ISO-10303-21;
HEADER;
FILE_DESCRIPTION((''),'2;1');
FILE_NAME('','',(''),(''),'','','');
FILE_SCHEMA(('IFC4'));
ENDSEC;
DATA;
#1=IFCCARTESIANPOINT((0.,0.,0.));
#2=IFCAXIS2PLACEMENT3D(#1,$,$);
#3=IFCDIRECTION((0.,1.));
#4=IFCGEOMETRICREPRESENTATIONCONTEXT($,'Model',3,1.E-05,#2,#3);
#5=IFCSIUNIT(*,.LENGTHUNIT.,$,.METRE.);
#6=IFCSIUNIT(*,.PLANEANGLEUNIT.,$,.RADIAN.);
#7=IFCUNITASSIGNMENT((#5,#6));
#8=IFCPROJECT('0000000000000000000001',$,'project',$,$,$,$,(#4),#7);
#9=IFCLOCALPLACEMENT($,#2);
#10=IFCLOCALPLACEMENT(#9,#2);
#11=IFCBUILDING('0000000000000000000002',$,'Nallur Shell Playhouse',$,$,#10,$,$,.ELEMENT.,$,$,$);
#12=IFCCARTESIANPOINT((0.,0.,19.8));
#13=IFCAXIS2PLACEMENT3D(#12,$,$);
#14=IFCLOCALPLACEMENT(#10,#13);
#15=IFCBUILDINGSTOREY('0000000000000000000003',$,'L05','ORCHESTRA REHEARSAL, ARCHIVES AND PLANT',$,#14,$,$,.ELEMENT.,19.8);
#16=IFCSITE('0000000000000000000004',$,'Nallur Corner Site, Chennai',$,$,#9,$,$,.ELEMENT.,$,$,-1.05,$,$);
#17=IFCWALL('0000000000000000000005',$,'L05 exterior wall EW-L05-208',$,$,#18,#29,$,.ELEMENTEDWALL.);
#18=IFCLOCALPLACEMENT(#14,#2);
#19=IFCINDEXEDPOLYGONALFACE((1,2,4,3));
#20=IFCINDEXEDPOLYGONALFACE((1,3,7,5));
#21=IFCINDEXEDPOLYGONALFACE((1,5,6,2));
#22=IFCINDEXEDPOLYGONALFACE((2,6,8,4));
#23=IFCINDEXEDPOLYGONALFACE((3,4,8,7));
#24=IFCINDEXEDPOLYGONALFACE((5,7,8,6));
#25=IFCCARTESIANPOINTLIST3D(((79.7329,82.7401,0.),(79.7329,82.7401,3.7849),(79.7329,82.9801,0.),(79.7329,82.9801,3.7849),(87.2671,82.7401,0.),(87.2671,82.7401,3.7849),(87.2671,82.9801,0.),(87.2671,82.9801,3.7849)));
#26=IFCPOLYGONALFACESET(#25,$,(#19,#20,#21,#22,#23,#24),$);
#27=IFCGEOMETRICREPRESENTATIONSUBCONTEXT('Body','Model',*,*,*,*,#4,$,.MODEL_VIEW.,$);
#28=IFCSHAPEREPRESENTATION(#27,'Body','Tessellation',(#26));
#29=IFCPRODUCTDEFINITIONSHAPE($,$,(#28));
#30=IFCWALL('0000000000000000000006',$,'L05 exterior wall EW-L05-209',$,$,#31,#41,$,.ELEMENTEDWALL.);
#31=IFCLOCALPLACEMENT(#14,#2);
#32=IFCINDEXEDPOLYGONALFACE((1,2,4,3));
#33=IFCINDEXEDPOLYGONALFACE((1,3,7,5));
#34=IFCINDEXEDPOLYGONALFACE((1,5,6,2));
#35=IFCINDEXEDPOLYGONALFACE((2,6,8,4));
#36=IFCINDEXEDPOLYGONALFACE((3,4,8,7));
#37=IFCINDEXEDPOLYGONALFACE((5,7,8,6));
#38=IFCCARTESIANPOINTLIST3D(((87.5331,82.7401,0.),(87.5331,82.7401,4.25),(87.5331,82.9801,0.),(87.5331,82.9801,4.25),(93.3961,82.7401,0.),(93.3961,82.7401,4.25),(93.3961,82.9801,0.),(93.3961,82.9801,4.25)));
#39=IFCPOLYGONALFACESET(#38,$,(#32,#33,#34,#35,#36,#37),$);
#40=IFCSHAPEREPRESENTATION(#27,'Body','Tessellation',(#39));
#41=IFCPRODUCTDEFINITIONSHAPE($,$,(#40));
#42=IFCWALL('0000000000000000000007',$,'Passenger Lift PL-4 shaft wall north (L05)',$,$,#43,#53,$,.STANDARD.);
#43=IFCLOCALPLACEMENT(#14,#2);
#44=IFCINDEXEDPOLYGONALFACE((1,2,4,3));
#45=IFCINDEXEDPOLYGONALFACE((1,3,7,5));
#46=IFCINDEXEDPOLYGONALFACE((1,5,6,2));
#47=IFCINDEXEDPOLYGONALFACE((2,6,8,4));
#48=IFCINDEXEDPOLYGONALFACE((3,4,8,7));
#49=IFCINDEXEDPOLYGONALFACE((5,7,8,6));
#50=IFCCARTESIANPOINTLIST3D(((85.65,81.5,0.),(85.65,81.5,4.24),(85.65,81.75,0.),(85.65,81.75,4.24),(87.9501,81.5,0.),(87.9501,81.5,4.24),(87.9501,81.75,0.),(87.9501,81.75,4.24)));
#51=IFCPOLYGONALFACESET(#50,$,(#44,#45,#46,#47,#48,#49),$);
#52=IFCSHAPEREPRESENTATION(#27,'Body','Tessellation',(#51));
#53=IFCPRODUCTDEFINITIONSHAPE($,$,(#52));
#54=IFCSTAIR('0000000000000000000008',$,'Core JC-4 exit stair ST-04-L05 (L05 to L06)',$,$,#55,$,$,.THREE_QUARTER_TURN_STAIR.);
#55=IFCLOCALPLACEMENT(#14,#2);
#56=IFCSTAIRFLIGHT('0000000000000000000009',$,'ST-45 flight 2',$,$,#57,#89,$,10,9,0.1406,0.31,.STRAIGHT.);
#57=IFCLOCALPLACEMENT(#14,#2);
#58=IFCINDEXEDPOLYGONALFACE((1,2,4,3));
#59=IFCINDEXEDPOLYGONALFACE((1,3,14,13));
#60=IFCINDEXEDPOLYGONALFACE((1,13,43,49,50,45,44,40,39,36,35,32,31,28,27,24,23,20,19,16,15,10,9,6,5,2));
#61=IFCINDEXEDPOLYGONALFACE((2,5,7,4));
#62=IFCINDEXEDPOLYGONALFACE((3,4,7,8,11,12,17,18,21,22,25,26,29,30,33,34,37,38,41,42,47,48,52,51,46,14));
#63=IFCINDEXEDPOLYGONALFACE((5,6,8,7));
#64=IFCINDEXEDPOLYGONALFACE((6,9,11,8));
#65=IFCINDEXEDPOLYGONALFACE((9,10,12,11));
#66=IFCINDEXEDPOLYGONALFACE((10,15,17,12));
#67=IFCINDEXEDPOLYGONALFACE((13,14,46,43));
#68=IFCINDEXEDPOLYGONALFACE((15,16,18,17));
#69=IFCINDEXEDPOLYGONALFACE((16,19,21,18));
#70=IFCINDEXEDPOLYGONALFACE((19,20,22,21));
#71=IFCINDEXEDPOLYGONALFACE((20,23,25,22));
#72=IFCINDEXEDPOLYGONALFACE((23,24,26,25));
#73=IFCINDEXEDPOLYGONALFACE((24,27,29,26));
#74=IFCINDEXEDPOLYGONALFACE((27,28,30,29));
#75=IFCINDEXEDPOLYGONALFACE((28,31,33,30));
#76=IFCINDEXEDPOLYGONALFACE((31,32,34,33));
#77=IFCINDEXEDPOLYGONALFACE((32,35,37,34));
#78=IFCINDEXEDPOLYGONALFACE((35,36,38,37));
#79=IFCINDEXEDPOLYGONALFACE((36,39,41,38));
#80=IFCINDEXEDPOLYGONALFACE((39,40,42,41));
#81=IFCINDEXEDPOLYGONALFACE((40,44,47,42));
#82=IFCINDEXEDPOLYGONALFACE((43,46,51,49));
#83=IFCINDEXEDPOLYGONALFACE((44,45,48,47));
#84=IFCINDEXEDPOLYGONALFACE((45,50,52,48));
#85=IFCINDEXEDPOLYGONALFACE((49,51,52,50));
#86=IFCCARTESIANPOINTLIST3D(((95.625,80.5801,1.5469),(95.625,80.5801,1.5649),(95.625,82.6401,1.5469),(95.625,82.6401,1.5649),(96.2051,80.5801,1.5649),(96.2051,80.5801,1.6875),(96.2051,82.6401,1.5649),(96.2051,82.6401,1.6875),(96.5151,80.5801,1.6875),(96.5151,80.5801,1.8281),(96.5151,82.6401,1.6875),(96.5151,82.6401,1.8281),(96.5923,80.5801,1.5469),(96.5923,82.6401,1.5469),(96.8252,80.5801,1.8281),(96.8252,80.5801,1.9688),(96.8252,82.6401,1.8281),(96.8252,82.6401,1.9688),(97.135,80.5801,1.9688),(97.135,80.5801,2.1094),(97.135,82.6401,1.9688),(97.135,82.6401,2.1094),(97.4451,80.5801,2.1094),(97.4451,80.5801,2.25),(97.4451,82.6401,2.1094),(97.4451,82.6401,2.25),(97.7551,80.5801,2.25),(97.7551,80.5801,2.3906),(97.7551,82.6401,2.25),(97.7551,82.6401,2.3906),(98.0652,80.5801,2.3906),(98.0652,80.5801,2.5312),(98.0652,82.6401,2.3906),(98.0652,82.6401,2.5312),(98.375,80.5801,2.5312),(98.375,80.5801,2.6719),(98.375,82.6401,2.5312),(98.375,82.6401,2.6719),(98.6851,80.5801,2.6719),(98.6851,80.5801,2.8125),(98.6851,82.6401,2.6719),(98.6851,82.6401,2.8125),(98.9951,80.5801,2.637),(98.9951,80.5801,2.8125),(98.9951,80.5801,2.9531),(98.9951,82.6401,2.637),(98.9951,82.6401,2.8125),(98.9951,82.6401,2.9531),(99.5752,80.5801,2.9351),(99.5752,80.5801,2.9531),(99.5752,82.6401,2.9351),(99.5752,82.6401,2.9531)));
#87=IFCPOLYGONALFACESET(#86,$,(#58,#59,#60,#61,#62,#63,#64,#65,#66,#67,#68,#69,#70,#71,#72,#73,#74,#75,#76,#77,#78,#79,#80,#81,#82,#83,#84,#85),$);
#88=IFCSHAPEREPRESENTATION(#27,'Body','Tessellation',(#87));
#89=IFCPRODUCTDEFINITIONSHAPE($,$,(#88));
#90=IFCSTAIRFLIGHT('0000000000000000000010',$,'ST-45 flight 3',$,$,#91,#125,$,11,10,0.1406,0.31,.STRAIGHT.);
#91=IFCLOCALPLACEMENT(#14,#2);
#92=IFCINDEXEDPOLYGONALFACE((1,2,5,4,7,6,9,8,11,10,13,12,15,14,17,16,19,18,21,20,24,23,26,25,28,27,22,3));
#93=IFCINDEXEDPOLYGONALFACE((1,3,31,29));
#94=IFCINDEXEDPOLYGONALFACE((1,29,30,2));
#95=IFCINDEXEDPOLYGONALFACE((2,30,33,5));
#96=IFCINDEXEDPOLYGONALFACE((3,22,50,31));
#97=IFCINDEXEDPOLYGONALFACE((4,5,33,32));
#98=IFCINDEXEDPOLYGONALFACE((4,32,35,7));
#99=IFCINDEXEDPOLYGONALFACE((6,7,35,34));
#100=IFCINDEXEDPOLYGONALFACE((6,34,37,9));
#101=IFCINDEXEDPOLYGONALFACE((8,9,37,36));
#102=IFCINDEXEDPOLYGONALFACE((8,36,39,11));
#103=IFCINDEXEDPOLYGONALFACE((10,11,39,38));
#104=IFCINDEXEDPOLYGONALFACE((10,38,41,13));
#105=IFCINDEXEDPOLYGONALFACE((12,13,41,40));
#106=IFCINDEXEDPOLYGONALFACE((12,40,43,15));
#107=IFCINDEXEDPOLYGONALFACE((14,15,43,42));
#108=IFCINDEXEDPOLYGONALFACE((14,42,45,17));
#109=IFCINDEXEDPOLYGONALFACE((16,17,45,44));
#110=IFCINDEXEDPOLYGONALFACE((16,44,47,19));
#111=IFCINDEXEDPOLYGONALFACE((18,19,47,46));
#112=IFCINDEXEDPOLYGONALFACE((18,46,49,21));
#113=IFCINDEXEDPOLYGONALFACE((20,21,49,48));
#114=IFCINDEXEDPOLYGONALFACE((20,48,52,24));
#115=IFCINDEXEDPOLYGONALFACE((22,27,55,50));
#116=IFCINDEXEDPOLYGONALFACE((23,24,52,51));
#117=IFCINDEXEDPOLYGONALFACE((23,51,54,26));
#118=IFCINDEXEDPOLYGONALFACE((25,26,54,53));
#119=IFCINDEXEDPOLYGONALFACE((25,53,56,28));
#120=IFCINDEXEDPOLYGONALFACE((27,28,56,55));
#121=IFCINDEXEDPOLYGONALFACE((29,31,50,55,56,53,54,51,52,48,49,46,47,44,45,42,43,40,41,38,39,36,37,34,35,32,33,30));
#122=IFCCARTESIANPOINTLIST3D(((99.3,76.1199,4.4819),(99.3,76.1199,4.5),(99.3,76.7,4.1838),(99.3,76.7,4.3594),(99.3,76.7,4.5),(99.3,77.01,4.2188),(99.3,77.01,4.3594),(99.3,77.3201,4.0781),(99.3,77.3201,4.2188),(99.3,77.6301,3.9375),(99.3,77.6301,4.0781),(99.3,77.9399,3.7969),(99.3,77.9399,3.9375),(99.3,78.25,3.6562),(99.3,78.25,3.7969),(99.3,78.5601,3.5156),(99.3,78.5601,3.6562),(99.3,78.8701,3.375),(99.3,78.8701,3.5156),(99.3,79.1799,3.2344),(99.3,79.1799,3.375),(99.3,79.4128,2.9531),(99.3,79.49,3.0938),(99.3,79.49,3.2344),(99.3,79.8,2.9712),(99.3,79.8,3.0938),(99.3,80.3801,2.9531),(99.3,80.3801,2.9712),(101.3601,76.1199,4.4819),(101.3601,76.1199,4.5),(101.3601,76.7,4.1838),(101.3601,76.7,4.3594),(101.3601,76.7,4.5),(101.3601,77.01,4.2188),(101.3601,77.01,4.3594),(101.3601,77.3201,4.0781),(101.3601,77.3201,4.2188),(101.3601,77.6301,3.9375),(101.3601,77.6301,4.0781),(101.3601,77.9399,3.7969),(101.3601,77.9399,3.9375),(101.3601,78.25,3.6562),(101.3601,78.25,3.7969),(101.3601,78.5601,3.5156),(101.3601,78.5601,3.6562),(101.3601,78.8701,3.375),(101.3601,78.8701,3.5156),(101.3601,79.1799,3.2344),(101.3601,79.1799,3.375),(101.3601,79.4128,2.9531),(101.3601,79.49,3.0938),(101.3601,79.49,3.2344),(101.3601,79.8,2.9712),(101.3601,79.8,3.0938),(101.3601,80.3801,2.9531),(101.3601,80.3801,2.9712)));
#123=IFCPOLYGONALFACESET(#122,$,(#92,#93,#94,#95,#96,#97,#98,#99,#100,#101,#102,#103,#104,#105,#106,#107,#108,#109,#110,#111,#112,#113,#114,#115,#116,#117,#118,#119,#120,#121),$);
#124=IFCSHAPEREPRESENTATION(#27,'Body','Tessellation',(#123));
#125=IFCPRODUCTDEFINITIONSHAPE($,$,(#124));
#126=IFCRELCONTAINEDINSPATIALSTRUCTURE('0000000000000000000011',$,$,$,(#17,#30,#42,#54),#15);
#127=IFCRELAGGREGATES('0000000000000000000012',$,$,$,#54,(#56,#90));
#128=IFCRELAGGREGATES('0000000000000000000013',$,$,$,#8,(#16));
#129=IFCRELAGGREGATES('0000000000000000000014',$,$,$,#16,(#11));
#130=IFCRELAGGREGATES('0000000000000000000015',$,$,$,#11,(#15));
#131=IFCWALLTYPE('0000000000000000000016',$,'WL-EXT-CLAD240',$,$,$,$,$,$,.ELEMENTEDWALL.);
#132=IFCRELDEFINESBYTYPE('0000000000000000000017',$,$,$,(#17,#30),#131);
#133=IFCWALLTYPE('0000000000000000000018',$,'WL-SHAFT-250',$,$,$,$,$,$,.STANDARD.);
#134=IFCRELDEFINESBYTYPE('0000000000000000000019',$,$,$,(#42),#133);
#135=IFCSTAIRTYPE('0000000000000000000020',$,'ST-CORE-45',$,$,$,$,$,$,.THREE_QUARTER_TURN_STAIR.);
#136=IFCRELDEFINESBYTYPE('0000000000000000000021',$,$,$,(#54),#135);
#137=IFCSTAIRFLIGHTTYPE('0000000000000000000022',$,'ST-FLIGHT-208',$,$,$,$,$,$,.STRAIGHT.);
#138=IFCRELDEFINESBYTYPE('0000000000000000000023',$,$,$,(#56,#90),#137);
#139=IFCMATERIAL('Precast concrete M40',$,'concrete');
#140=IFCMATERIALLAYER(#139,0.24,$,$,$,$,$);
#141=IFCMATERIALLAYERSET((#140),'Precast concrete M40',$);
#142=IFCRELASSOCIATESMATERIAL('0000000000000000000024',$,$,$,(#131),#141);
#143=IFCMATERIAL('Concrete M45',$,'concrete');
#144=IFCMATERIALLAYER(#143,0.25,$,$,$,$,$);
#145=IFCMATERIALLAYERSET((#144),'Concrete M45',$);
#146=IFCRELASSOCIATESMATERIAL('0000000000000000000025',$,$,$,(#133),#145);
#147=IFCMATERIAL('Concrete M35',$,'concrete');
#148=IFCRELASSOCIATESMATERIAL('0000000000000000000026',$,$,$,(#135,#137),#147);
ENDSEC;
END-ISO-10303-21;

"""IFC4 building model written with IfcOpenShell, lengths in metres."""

from ifc_helpers import new_model, si_unit, direction, frame, frame_2d, origin, place, context, subcontext, project, spatial, polyline, rectangle, outline, extrude, material, layer, layer_set, type_object, element, aggregate, save


model = new_model("IFC4")

# Units and contexts
model_context = context("Model", 3, precision=1e-05, world=origin(), true_north=direction((0.0, 1.0)))
body_context = subcontext(model_context, "Body", "Model", "MODEL_VIEW")
ifc_project = project(units=[si_unit("LENGTHUNIT", "METRE"), si_unit("PLANEANGLEUNIT", "RADIAN")], contexts=[model_context])

# Site, building, storey
site_placement = place(None, origin())
site = spatial("IfcSite", under=ifc_project, at=site_placement, Name="Nallur Corner Site, Chennai", CompositionType="ELEMENT", RefElevation=-1.05)
building_placement = place(site_placement, origin())
building = spatial("IfcBuilding", under=site, at=building_placement, Name="Nallur Shell Playhouse", CompositionType="ELEMENT")
storey_placement = place(building_placement, frame((0.0, 0.0, 19.8)))
storey = spatial("IfcBuildingStorey", under=building, at=storey_placement, Name="L05", Description="ORCHESTRA REHEARSAL, ARCHIVES AND PLANT", CompositionType="ELEMENT", Elevation=19.8)

# Shared definitions
ifc_material_1 = material(Name="Concrete M35", Category="concrete")

# Walls
ifc_material_2 = material(Name="Concrete M45", Category="concrete")
ifc_material_3 = material(Name="Precast concrete M40", Category="concrete")
ifc_layer_1 = layer(ifc_material_3, 0.24)
ifc_layer_set_1 = layer_set([ifc_layer_1], Name="Precast concrete M40")
wall_type_1 = type_object("IfcWallType", Name="WL-EXT-CLAD240", PredefinedType="ELEMENTEDWALL", material=ifc_layer_set_1)
wall_1_placement = place(storey_placement, frame((79.7329, 82.8601, 0.0), z_axis=(0.0, 0.0, 1.0), x_axis=(1.0, 0.0, 0.0)))
element("IfcWall", 1, at=wall_1_placement, inside=storey, type_object=wall_type_1, Name="L05 exterior wall EW-L05-208", PredefinedType="ELEMENTEDWALL", context=body_context, shape_type="SweptSolid", body=[
    extrude(rectangle(XDim=7.5342, YDim=0.24, at=frame_2d((3.7671, 0.0))), origin(), (0.0, 0.0, 1.0), 3.7849),
])
wall_2_placement = place(storey_placement, frame((87.533, 82.8601, 0.0), z_axis=(0.0, 0.0, 1.0), x_axis=(1.0, 0.0, 0.0)))
element("IfcWall", 2, at=wall_2_placement, inside=storey, type_object=wall_type_1, Name="L05 exterior wall EW-L05-209", PredefinedType="ELEMENTEDWALL", context=body_context, shape_type="SweptSolid", body=[
    extrude(rectangle(XDim=5.863, YDim=0.24, at=frame_2d((2.9316, 0.0))), origin(), (0.0, 0.0, 1.0), 4.25),
])
ifc_layer_2 = layer(ifc_material_2, 0.25)
ifc_layer_set_2 = layer_set([ifc_layer_2], Name="Concrete M45")
wall_type_2 = type_object("IfcWallType", Name="WL-SHAFT-250", PredefinedType="STANDARD", material=ifc_layer_set_2)
wall_3_placement = place(storey_placement, frame((87.95, 81.625, 0.0), z_axis=(0.0, 0.0, 1.0), x_axis=(-1.0, 0.0, 0.0)))
element("IfcWall", 3, at=wall_3_placement, inside=storey, type_object=wall_type_2, Name="Passenger Lift PL-4 shaft wall north (L05)", PredefinedType="STANDARD", context=body_context, shape_type="SweptSolid", body=[
    extrude(rectangle(XDim=2.3, YDim=0.25, at=frame_2d((1.1499, 0.0))), origin(), (0.0, 0.0, 1.0), 4.24),
])

# Stair, stair flights
stair_type = type_object("IfcStairType", Name="ST-CORE-45", PredefinedType="THREE_QUARTER_TURN_STAIR", material=ifc_material_1)
stair_placement = place(storey_placement, origin())
stair = element("IfcStair", 4, at=stair_placement, inside=storey, type_object=stair_type, Name="Core JC-4 exit stair ST-04-L05 (L05 to L06)", PredefinedType="THREE_QUARTER_TURN_STAIR")
stair_flight_type = type_object("IfcStairFlightType", Name="ST-FLIGHT-208", PredefinedType="STRAIGHT", material=ifc_material_1)
stair_flight_1_placement = place(storey_placement, frame((96.2051, 81.6101, 1.5469), z_axis=(0.0, 0.0, 1.0), x_axis=(1.0, 0.0, 0.0)))
stair_flight_1 = element("IfcStairFlight", 5, at=stair_flight_1_placement, type_object=stair_flight_type, Name="ST-45 flight 2", NumberOfRisers=10, NumberOfTreads=9, PredefinedType="STRAIGHT", RiserHeight=0.1406, TreadLength=0.31, context=body_context, shape_type="SweptSolid", body=[
    extrude(outline(polyline([(-0.5801, 0.0), (-0.5801, 0.0181), (0.0, 0.0181), (0.0, 0.1406), (0.3101, 0.1406), (0.3101, 0.2812), (0.6201, 0.2812), (0.6201, 0.4219), (0.9299, 0.4219), (0.9299, 0.5625), (1.24, 0.5625), (1.24, 0.7031), (1.55, 0.7031), (1.55, 0.8438), (1.8601, 0.8438), (1.8601, 0.9844), (2.1699, 0.9844), (2.1699, 1.125), (2.48, 1.125), (2.48, 1.2656), (2.79, 1.2656), (2.79, 1.4062), (3.3701, 1.4062), (3.3701, 1.3882), (2.79, 1.0901), (0.3872, 0.0), (-0.5801, 0.0)])), frame((0.0, 1.03, 0.0), z_axis=(0.0, -1.0, 0.0), x_axis=(1.0, 0.0, 0.0)), (0.0, 0.0, 1.0), 2.0601),
])
stair_flight_2_placement = place(storey_placement, frame((100.3301, 79.8, 2.9531), z_axis=(0.0, 0.0, 1.0), x_axis=(0.0, -1.0, 0.0)))
stair_flight_2 = element("IfcStairFlight", 6, at=stair_flight_2_placement, type_object=stair_flight_type, Name="ST-45 flight 3", NumberOfRisers=11, NumberOfTreads=10, PredefinedType="STRAIGHT", RiserHeight=0.1406, TreadLength=0.31, context=body_context, shape_type="SweptSolid", body=[
    extrude(outline(polyline([(-0.5801, 0.0), (-0.5801, 0.0181), (0.0, 0.0181), (0.0, 0.1406), (0.3101, 0.1406), (0.3101, 0.2812), (0.6201, 0.2812), (0.6201, 0.4219), (0.9299, 0.4219), (0.9299, 0.5625), (1.24, 0.5625), (1.24, 0.7031), (1.55, 0.7031), (1.55, 0.8438), (1.8601, 0.8438), (1.8601, 0.9844), (2.1699, 0.9844), (2.1699, 1.125), (2.48, 1.125), (2.48, 1.2656), (2.79, 1.2656), (2.79, 1.4062), (3.1001, 1.4062), (3.1001, 1.5469), (3.6802, 1.5469), (3.6802, 1.5288), (3.1001, 1.2307), (0.3872, 0.0), (-0.5801, 0.0)])), frame((0.0, 1.03, 0.0), z_axis=(0.0, -1.0, 0.0), x_axis=(1.0, 0.0, 0.0)), (0.0, 0.0, 1.0), 2.0601),
])
aggregate(stair, [stair_flight_1, stair_flight_2])

save(model, "model.ifc")
